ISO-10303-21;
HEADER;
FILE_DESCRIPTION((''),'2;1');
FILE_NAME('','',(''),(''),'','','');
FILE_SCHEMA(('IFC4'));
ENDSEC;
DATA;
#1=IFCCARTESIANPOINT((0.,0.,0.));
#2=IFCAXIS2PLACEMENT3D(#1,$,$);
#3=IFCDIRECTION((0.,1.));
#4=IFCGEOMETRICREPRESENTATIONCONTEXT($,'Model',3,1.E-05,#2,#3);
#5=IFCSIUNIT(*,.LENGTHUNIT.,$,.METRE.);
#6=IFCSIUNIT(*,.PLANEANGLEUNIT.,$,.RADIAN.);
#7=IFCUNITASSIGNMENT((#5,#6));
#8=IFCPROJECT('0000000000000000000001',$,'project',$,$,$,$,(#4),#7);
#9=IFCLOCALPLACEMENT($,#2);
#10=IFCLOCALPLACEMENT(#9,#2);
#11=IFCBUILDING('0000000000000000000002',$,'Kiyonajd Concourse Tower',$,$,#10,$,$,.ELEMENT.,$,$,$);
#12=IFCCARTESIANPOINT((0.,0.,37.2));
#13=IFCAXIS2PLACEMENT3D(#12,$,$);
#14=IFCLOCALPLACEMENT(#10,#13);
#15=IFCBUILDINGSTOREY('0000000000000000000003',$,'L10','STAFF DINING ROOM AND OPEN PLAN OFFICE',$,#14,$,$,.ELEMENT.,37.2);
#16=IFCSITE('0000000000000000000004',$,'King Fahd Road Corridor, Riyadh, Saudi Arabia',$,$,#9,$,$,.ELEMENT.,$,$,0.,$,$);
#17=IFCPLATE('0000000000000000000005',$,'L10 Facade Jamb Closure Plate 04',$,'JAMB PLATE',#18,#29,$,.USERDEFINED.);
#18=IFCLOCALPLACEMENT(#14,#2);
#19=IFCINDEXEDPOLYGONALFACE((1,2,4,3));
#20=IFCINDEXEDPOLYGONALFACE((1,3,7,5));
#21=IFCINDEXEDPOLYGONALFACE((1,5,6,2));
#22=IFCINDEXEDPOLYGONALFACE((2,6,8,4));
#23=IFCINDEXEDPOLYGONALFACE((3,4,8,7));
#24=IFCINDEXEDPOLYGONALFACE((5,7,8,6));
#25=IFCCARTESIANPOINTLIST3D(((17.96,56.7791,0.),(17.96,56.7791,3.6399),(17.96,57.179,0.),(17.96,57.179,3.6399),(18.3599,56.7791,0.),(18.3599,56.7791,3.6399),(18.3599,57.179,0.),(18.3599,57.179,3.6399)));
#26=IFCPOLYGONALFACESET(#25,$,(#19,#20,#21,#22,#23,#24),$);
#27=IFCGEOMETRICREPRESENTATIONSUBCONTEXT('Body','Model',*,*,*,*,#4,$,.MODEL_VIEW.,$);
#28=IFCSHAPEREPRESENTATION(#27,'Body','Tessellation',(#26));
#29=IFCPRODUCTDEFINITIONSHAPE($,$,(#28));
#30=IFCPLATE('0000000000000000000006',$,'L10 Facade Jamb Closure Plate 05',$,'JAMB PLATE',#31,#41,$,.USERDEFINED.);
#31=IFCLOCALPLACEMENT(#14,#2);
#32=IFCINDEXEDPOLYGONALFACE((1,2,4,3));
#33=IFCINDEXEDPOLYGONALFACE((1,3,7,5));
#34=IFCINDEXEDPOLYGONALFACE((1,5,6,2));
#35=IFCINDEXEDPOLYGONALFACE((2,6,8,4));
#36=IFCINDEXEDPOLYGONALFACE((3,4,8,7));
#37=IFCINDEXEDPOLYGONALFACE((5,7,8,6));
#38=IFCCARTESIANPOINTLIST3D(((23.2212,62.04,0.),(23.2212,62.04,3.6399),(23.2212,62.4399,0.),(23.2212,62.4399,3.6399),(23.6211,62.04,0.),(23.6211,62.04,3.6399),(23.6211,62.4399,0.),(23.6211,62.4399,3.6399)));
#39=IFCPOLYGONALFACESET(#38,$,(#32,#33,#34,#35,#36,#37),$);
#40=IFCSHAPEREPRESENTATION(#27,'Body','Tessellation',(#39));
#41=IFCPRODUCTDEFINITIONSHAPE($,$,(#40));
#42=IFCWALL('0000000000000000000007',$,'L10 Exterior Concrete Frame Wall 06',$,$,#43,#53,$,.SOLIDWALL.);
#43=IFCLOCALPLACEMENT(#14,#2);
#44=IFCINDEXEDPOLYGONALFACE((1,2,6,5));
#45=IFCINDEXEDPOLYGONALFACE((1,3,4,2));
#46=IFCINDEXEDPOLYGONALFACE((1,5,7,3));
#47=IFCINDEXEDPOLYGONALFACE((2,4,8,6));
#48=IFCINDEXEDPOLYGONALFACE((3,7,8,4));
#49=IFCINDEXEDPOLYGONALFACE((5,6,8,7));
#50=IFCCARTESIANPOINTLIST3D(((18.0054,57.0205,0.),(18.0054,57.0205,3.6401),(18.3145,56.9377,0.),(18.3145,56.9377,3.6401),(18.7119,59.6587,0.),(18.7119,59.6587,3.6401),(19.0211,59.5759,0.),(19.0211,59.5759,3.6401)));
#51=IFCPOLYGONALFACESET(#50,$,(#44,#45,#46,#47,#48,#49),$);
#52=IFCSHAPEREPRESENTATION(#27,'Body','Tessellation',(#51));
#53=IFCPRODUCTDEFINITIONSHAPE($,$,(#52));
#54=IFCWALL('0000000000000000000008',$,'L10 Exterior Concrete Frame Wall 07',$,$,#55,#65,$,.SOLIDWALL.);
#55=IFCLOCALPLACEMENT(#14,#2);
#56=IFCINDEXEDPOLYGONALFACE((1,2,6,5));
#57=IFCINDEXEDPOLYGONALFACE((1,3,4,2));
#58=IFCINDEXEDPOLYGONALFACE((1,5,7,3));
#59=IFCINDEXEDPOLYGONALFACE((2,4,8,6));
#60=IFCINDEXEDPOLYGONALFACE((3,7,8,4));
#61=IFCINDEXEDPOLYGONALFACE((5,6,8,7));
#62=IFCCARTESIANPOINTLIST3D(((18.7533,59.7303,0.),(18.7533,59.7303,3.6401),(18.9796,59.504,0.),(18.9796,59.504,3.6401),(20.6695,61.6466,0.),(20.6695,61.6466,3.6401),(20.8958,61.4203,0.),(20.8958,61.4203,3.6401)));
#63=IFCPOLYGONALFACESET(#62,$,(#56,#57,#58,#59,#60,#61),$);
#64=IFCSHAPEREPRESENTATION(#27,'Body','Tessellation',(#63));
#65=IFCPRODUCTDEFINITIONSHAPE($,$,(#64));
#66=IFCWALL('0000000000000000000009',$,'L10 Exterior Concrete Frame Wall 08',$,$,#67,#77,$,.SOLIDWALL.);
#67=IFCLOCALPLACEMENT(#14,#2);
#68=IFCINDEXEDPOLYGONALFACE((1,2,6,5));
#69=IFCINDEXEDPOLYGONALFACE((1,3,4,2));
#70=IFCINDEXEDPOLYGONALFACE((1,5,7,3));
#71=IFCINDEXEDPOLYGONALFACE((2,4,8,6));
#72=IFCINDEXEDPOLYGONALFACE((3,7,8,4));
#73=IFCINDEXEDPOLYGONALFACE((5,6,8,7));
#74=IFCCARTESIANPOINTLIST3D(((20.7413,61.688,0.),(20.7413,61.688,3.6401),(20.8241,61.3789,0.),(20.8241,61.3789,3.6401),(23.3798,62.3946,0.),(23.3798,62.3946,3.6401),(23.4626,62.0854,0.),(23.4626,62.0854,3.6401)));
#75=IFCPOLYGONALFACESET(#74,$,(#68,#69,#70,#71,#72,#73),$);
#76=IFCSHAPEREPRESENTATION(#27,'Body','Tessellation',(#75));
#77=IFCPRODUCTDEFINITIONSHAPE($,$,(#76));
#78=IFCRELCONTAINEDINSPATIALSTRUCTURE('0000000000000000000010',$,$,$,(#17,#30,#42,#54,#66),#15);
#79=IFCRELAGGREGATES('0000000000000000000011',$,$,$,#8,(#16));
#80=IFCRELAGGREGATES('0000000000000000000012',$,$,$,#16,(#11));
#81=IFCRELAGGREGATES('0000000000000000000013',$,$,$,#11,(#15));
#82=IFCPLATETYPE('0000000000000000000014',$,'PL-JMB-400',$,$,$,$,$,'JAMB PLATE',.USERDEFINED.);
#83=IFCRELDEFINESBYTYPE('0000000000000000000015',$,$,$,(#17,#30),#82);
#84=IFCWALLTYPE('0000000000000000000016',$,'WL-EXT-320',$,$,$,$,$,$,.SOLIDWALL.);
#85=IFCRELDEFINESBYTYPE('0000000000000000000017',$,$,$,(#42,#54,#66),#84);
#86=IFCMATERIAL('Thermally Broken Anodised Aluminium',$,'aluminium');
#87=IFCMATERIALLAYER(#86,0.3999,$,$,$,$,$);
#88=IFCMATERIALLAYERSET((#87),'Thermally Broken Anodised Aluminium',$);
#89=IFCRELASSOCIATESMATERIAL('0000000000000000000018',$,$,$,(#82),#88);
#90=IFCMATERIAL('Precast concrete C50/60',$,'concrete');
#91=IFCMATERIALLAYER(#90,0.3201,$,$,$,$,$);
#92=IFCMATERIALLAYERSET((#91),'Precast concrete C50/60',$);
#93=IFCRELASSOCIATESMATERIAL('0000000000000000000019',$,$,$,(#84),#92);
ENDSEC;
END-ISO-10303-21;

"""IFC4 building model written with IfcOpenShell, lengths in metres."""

from ifc_helpers import new_model, si_unit, direction, frame, frame_2d, origin, origin_2d, place, context, subcontext, project, spatial, rectangle, extrude, material, layer, layer_set, type_object, element, save


model = new_model("IFC4")

# Units and contexts
model_context = context("Model", 3, precision=1e-05, world=origin(), true_north=direction((0.0, 1.0)))
body_context = subcontext(model_context, "Body", "Model", "MODEL_VIEW")
ifc_project = project(units=[si_unit("LENGTHUNIT", "METRE"), si_unit("PLANEANGLEUNIT", "RADIAN")], contexts=[model_context])

# Site, building, storey
site_placement = place(None, origin())
site = spatial("IfcSite", under=ifc_project, at=site_placement, Name="King Fahd Road Corridor, Riyadh, Saudi Arabia", CompositionType="ELEMENT", RefElevation=0.0)
building_placement = place(site_placement, origin())
building = spatial("IfcBuilding", under=site, at=building_placement, Name="Kiyonajd Concourse Tower", CompositionType="ELEMENT")
storey_placement = place(building_placement, frame((0.0, 0.0, 37.2)))
storey = spatial("IfcBuildingStorey", under=building, at=storey_placement, Name="L10", Description="STAFF DINING ROOM AND OPEN PLAN OFFICE", CompositionType="ELEMENT", Elevation=37.2)

# Shared definitions
ifc_material_1 = material(Name="Precast concrete C50/60", Category="concrete")

# Shared definitions
ifc_material_2 = material(Name="Thermally Broken Anodised Aluminium", Category="aluminium")

# Plates
ifc_layer_1 = layer(ifc_material_2, 0.3999)
ifc_layer_set_1 = layer_set([ifc_layer_1], Name="Thermally Broken Anodised Aluminium")
plate_type_1 = type_object("IfcPlateType", Name="PL-JMB-400", ElementType="JAMB PLATE", PredefinedType="USERDEFINED", material=ifc_layer_set_1)
for number, where, z_axis, x_axis, name in (
    (1, (18.1599, 56.979, 0.0), (0.0, 0.0, 1.0), (1.0, 0.0, 0.0), "L10 Facade Jamb Closure Plate 04"),
    (2, (23.4211, 62.24, 0.0), (0.0, 0.0, 1.0), (1.0, 0.0, 0.0), "L10 Facade Jamb Closure Plate 05"),
):
    element("IfcPlate", number, at=place(storey_placement, frame(where, z_axis=z_axis, x_axis=x_axis)), inside=storey, type_object=plate_type_1, Name=name, ObjectType="JAMB PLATE", PredefinedType="USERDEFINED", context=body_context, shape_type="SweptSolid", body=[
        extrude(rectangle(XDim=0.3999, YDim=0.3999, at=origin_2d()), origin(), (0.0, 0.0, 1.0), 3.6399),
    ])

# Walls
ifc_layer_2 = layer(ifc_material_1, 0.3201)
ifc_layer_set_2 = layer_set([ifc_layer_2], Name="Precast concrete C50/60")
wall_type = type_object("IfcWallType", Name="WL-EXT-320", PredefinedType="SOLIDWALL", material=ifc_layer_set_2)
wall_1_placement = place(storey_placement, frame((18.1599, 56.979, 0.0), z_axis=(0.0, 0.0, 1.0), x_axis=(0.258697, 0.965958, 0.0)))
element("IfcWall", 3, at=wall_1_placement, inside=storey, type_object=wall_type, Name="L10 Exterior Concrete Frame Wall 06", PredefinedType="SOLIDWALL", context=body_context, shape_type="SweptSolid", body=[
    extrude(rectangle(XDim=2.7312, YDim=0.3201, at=frame_2d((1.3657, 0.0))), origin(), (0.0, 0.0, 1.0), 3.6401),
])
wall_2_placement = place(storey_placement, frame((18.8665, 59.6172, 0.0), z_axis=(0.0, 0.0, 1.0), x_axis=(0.707107, 0.707107, 0.0)))
element("IfcWall", 4, at=wall_2_placement, inside=storey, type_object=wall_type, Name="L10 Exterior Concrete Frame Wall 07", PredefinedType="SOLIDWALL", context=body_context, shape_type="SweptSolid", body=[
    extrude(rectangle(XDim=2.71, YDim=0.3201, at=frame_2d((1.355, 0.0))), origin(), (0.0, 0.0, 1.0), 3.6401),
])
wall_3_placement = place(storey_placement, frame((20.7827, 61.5334, 0.0), z_axis=(0.0, 0.0, 1.0), x_axis=(0.965964, 0.258675, 0.0)))
element("IfcWall", 5, at=wall_3_placement, inside=storey, type_object=wall_type, Name="L10 Exterior Concrete Frame Wall 08", PredefinedType="SOLIDWALL", context=body_context, shape_type="SweptSolid", body=[
    extrude(rectangle(XDim=2.7314, YDim=0.3201, at=frame_2d((1.3657, 0.0))), origin(), (0.0, 0.0, 1.0), 3.6401),
])

save(model, "model.ifc")
